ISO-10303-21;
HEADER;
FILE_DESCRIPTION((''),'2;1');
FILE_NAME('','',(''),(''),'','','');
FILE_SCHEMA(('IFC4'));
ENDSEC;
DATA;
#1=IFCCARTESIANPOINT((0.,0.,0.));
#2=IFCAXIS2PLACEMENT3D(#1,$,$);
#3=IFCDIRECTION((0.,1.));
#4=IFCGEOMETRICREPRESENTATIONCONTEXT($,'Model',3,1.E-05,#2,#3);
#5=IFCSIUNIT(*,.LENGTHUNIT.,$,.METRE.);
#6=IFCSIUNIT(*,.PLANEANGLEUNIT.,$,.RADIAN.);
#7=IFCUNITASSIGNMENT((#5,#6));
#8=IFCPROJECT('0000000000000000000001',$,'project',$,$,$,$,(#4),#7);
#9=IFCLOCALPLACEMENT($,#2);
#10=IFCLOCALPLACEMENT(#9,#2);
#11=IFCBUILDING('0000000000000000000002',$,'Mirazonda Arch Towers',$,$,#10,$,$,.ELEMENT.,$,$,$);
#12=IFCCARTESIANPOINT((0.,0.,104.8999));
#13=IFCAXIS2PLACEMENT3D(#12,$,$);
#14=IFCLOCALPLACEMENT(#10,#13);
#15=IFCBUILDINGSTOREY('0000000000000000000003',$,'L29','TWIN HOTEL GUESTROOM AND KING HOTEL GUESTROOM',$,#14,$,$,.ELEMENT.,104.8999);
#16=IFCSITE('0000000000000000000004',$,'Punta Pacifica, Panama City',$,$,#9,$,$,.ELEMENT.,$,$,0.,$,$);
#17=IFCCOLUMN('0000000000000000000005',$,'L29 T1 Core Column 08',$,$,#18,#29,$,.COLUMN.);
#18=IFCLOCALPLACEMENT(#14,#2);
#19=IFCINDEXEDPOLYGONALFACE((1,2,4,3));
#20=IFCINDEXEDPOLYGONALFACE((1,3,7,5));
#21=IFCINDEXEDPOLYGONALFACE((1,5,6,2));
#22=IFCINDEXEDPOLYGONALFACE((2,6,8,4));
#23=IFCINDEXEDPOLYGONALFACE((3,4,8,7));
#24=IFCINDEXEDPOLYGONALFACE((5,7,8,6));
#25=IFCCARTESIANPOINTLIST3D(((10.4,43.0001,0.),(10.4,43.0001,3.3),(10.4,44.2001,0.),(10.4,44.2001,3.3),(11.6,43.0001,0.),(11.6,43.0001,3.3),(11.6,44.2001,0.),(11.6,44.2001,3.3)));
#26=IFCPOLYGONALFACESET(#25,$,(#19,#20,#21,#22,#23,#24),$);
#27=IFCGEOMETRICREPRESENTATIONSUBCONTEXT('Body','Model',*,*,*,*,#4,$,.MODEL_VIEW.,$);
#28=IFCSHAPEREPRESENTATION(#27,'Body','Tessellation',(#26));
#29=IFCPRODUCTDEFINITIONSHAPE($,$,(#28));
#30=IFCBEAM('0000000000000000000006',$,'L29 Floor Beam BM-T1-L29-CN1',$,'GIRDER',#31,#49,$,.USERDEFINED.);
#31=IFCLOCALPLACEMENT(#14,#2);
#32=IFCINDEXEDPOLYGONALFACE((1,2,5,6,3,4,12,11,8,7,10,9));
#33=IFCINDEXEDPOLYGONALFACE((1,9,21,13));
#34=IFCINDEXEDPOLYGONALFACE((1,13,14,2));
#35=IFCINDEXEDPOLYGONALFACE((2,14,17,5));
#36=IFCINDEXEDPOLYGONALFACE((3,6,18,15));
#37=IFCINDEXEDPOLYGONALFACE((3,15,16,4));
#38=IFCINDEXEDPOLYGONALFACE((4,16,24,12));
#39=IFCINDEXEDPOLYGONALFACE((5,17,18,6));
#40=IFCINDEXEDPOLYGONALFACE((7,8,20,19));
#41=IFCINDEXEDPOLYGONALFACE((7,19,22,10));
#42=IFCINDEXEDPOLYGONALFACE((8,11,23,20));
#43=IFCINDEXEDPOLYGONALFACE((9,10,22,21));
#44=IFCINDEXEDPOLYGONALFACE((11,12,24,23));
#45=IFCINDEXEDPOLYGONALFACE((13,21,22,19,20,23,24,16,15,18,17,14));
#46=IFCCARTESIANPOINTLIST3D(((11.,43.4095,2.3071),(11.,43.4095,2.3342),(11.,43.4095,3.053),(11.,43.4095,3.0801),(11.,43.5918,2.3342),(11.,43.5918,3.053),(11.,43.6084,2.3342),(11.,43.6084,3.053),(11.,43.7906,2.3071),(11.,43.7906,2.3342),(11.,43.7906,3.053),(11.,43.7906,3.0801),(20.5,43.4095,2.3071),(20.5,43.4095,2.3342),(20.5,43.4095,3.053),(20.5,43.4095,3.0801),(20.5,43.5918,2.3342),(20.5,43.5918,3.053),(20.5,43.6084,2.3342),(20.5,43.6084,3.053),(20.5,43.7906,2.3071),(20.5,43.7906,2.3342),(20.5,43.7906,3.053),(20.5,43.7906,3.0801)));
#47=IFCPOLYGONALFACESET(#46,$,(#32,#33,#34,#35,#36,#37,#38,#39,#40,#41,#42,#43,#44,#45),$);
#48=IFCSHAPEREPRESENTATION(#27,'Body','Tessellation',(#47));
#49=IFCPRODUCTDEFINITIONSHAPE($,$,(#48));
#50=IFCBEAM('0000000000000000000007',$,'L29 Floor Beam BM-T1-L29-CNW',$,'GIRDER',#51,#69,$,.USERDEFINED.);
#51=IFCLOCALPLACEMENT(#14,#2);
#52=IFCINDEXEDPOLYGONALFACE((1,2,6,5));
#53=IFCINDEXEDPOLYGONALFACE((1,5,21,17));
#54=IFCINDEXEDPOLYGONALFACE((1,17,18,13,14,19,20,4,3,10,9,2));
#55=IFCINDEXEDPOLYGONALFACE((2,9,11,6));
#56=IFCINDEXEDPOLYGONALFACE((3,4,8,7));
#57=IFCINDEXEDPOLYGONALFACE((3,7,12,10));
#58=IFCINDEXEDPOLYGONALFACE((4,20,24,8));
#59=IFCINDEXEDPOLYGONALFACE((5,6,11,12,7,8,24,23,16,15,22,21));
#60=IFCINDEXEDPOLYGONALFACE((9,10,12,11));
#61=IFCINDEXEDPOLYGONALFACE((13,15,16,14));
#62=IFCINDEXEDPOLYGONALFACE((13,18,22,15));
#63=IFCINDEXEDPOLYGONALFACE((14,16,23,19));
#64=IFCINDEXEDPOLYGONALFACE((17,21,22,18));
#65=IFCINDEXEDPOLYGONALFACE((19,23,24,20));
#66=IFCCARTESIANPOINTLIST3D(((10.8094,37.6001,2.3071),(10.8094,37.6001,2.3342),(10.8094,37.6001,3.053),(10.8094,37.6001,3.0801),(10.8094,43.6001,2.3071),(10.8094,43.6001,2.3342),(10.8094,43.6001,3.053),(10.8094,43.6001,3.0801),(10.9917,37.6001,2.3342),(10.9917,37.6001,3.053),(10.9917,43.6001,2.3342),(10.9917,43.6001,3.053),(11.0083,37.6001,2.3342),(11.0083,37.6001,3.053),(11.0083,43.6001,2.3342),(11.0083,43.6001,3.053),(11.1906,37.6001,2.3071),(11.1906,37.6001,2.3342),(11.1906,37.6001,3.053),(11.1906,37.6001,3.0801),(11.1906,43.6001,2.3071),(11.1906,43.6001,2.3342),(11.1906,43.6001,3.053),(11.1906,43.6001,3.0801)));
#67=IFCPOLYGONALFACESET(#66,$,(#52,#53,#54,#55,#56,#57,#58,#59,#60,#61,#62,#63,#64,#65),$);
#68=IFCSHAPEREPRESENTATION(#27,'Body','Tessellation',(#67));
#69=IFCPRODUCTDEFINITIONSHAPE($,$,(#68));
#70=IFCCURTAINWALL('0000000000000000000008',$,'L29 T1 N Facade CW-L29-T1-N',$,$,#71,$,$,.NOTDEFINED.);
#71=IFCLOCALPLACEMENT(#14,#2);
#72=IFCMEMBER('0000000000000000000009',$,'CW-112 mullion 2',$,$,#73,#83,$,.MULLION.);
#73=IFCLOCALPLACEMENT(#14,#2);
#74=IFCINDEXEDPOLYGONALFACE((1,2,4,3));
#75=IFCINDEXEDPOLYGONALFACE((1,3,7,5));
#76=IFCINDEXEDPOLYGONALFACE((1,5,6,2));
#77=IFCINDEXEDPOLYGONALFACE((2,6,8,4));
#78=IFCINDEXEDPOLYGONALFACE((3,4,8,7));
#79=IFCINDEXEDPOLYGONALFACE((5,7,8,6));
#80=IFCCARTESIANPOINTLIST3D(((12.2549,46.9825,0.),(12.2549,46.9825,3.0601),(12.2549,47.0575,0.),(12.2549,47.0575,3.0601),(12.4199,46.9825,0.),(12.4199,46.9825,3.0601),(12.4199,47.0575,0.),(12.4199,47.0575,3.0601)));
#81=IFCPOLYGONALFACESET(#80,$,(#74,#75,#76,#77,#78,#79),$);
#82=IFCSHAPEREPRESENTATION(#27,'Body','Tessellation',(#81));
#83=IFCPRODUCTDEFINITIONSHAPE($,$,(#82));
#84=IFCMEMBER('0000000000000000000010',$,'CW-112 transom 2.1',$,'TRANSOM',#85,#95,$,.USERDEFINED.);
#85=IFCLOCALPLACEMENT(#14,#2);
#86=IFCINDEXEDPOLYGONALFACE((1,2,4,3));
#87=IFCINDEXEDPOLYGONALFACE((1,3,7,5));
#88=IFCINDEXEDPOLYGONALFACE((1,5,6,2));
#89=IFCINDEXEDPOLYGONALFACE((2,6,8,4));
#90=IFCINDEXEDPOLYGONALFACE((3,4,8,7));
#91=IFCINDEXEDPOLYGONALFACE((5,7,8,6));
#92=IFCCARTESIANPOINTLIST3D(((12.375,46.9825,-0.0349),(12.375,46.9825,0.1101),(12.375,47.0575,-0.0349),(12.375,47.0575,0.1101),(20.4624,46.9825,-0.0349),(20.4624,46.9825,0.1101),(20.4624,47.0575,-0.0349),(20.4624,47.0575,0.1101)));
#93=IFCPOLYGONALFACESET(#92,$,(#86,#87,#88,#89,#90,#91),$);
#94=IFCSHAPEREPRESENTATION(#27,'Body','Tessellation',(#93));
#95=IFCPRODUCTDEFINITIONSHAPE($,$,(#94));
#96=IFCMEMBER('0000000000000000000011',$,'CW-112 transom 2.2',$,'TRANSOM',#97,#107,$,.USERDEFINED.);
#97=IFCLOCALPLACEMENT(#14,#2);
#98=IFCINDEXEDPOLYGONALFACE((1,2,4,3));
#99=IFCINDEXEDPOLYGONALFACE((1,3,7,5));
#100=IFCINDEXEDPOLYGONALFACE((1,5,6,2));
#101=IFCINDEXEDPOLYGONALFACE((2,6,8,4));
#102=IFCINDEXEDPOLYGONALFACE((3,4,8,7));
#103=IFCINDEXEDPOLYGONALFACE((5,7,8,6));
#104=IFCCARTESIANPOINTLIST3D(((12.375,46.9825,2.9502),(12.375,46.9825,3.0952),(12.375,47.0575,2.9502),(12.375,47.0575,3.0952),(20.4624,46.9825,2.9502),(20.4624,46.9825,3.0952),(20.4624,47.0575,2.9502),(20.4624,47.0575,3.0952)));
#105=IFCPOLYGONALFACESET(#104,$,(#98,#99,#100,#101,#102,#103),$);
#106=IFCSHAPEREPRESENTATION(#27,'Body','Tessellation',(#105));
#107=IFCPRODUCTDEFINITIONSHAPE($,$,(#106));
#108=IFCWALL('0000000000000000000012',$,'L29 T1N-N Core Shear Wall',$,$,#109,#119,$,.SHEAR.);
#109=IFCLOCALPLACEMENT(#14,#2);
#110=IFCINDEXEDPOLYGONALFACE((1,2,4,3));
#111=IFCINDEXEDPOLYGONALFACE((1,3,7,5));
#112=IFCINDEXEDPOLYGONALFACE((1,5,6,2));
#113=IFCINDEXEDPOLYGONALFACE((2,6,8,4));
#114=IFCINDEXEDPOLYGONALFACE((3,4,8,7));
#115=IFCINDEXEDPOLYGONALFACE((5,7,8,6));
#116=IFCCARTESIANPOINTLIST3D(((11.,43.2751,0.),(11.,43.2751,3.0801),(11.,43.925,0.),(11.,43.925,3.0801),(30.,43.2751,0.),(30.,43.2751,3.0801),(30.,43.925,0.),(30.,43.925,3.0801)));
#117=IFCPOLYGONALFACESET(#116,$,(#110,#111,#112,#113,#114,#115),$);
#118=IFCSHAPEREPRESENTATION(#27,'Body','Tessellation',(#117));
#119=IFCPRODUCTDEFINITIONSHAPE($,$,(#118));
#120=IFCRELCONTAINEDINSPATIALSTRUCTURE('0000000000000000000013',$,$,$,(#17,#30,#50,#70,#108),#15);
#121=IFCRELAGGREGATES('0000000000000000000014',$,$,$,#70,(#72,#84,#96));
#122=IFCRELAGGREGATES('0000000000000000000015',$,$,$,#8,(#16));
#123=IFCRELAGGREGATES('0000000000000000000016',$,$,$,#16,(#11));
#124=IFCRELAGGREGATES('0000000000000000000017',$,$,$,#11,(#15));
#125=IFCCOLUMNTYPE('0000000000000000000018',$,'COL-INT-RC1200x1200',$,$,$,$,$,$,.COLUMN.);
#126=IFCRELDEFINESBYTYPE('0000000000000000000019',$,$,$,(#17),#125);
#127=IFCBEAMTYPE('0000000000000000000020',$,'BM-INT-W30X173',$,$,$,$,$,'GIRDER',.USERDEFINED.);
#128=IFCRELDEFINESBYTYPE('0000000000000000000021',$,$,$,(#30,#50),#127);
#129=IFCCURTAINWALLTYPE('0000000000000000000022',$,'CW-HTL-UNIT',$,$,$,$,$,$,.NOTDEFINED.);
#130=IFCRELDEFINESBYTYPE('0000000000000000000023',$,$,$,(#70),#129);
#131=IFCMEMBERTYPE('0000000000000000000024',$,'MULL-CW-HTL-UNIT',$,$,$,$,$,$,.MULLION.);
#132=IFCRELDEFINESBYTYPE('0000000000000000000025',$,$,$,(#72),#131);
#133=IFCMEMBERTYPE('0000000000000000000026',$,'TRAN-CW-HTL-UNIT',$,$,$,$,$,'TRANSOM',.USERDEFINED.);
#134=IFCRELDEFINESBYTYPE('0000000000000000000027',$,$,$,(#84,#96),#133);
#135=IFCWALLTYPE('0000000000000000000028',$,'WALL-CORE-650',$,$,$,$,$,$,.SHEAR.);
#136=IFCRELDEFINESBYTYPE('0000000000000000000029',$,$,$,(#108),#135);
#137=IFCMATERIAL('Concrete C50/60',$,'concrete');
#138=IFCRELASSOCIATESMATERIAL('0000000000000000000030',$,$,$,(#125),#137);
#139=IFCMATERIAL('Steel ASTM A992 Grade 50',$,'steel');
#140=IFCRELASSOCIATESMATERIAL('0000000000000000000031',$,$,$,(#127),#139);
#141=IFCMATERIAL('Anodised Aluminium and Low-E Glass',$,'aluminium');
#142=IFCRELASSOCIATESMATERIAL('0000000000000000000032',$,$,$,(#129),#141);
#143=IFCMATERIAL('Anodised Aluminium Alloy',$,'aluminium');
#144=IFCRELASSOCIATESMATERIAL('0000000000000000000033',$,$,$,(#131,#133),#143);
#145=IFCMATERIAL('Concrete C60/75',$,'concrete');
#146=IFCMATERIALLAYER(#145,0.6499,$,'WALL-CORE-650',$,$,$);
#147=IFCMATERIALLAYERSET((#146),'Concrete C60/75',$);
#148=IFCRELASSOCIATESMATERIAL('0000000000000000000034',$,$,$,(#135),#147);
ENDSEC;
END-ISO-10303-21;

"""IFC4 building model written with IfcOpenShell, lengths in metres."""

from ifc_helpers import new_model, si_unit, direction, frame, frame_2d, origin, origin_2d, place, context, subcontext, project, spatial, rectangle, i_section, extrude, material, layer, layer_set, material_profile, profile_set, type_object, element, aggregate, save


model = new_model("IFC4")

# Units and contexts
model_context = context("Model", 3, precision=1e-05, world=origin(), true_north=direction((0.0, 1.0)))
body_context = subcontext(model_context, "Body", "Model", "MODEL_VIEW")
ifc_project = project(units=[si_unit("LENGTHUNIT", "METRE"), si_unit("PLANEANGLEUNIT", "RADIAN")], contexts=[model_context])

# Site, building, storey
site_placement = place(None, origin())
site = spatial("IfcSite", under=ifc_project, at=site_placement, Name="Punta Pacifica, Panama City", CompositionType="ELEMENT", RefElevation=0.0)
building_placement = place(site_placement, origin())
building = spatial("IfcBuilding", under=site, at=building_placement, Name="Mirazonda Arch Towers", CompositionType="ELEMENT")
storey_placement = place(building_placement, frame((0.0, 0.0, 104.8999)))
storey = spatial("IfcBuildingStorey", under=building, at=storey_placement, Name="L29", Description="TWIN HOTEL GUESTROOM AND KING HOTEL GUESTROOM", CompositionType="ELEMENT", Elevation=104.8999)

# Column
ifc_material_1 = material(Name="Concrete C50/60", Category="concrete")
ifc_material_profile_1 = material_profile(ifc_material_1, rectangle(XDim=1.2, YDim=1.2, at=origin_2d()), Name="RC1200x1200")
ifc_profile_set_1 = profile_set([ifc_material_profile_1], Name="Concrete C50/60")
column_type = type_object("IfcColumnType", Name="COL-INT-RC1200x1200", PredefinedType="COLUMN", material=ifc_profile_set_1)
column_placement = place(storey_placement, frame((11.0, 43.6001, 0.0), z_axis=(0.0, 0.0, 1.0), x_axis=(1.0, 0.0, 0.0)))
element("IfcColumn", 1, at=column_placement, inside=storey, type_object=column_type, Name="L29 T1 Core Column 08", PredefinedType="COLUMN", context=body_context, shape_type="SweptSolid", body=[
    extrude(rectangle(XDim=1.2, YDim=1.2, at=origin_2d()), origin(), (0.0, 0.0, 1.0), 3.3),
])

# Beams
ifc_material_2 = material(Name="Steel ASTM A992 Grade 50", Category="steel")
ifc_material_profile_2 = material_profile(ifc_material_2, i_section(OverallWidth=0.3811, OverallDepth=0.7729, WebThickness=0.0166, FlangeThickness=0.0271, at=origin_2d()), Name="W30X173")
ifc_profile_set_2 = profile_set([ifc_material_profile_2], Name="Steel ASTM A992 Grade 50")
beam_type = type_object("IfcBeamType", Name="BM-INT-W30X173", ElementType="GIRDER", PredefinedType="USERDEFINED", material=ifc_profile_set_2)
beam_1_placement = place(storey_placement, frame((11.0, 43.6001, 2.6936), z_axis=(1.0, 0.0, 0.0), x_axis=(0.0, 1.0, 0.0)))
element("IfcBeam", 2, at=beam_1_placement, inside=storey, type_object=beam_type, Name="L29 Floor Beam BM-T1-L29-CN1", ObjectType="GIRDER", PredefinedType="USERDEFINED", context=body_context, shape_type="SweptSolid", body=[
    extrude(i_section(OverallWidth=0.3811, OverallDepth=0.7729, WebThickness=0.0166, FlangeThickness=0.0271, at=origin_2d()), origin(), (0.0, 0.0, 1.0), 9.5),
])
beam_2_placement = place(storey_placement, frame((11.0, 37.6001, 2.6936), z_axis=(0.0, 1.0, 0.0), x_axis=(-1.0, 0.0, 0.0)))
element("IfcBeam", 3, at=beam_2_placement, inside=storey, type_object=beam_type, Name="L29 Floor Beam BM-T1-L29-CNW", ObjectType="GIRDER", PredefinedType="USERDEFINED", context=body_context, shape_type="SweptSolid", body=[
    extrude(i_section(OverallWidth=0.3811, OverallDepth=0.7729, WebThickness=0.0166, FlangeThickness=0.0271, at=origin_2d()), origin(), (0.0, 0.0, 1.0), 6.0),
])

# Curtain wall, members
ifc_material_3 = material(Name="Anodised Aluminium and Low-E Glass", Category="aluminium")
curtain_wall_type = type_object("IfcCurtainWallType", Name="CW-HTL-UNIT", PredefinedType="NOTDEFINED", material=ifc_material_3)
curtain_wall_placement = place(storey_placement, origin())
curtain_wall = element("IfcCurtainWall", 4, at=curtain_wall_placement, inside=storey, type_object=curtain_wall_type, Name="L29 T1 N Facade CW-L29-T1-N", PredefinedType="NOTDEFINED")
ifc_material_4 = material(Name="Anodised Aluminium Alloy", Category="aluminium")
ifc_material_profile_3 = material_profile(ifc_material_4, rectangle(XDim=0.075, YDim=0.165, at=origin_2d()), Name="ALU-MULL-75x165")
ifc_profile_set_3 = profile_set([ifc_material_profile_3], Name="Anodised Aluminium Alloy")
member_type_1 = type_object("IfcMemberType", Name="MULL-CW-HTL-UNIT", PredefinedType="MULLION", material=ifc_profile_set_3)
member_1_placement = place(storey_placement, frame((12.3374, 47.02, 0.0), z_axis=(0.0, 0.0, 1.0), x_axis=(0.0, 1.0, 0.0)))
member_1 = element("IfcMember", 5, at=member_1_placement, type_object=member_type_1, Name="CW-112 mullion 2", PredefinedType="MULLION", context=body_context, shape_type="SweptSolid", body=[
    extrude(rectangle(XDim=0.075, YDim=0.165, at=origin_2d()), origin(), (0.0, 0.0, 1.0), 3.0601),
])
ifc_material_profile_4 = material_profile(ifc_material_4, rectangle(XDim=0.075, YDim=0.145, at=origin_2d()), Name="ALU-TRAN-75x145")
ifc_profile_set_4 = profile_set([ifc_material_profile_4], Name="Anodised Aluminium Alloy")
member_type_2 = type_object("IfcMemberType", Name="TRAN-CW-HTL-UNIT", ElementType="TRANSOM", PredefinedType="USERDEFINED", material=ifc_profile_set_4)
member_2_placement = place(storey_placement, frame((12.375, 47.02, 0.0376), z_axis=(1.0, 0.0, 0.0), x_axis=(0.0, 1.0, 0.0)))
member_2 = element("IfcMember", 6, at=member_2_placement, type_object=member_type_2, Name="CW-112 transom 2.1", ObjectType="TRANSOM", PredefinedType="USERDEFINED", context=body_context, shape_type="SweptSolid", body=[
    extrude(rectangle(XDim=0.075, YDim=0.145, at=origin_2d()), origin(), (0.0, 0.0, 1.0), 8.0874),
])
member_3_placement = place(storey_placement, frame((12.375, 47.02, 3.0227), z_axis=(1.0, 0.0, 0.0), x_axis=(0.0, 1.0, 0.0)))
member_3 = element("IfcMember", 7, at=member_3_placement, type_object=member_type_2, Name="CW-112 transom 2.2", ObjectType="TRANSOM", PredefinedType="USERDEFINED", context=body_context, shape_type="SweptSolid", body=[
    extrude(rectangle(XDim=0.075, YDim=0.145, at=origin_2d()), origin(), (0.0, 0.0, 1.0), 8.0874),
])
aggregate(curtain_wall, [member_1, member_2, member_3])

# Wall
ifc_material_5 = material(Name="Concrete C60/75", Category="concrete")
ifc_layer_1 = layer(ifc_material_5, 0.6499, Name="WALL-CORE-650")
ifc_layer_set_1 = layer_set([ifc_layer_1], Name="Concrete C60/75")
wall_type_1 = type_object("IfcWallType", Name="WALL-CORE-650", PredefinedType="SHEAR", material=ifc_layer_set_1)
wall_1_placement = place(storey_placement, frame((11.0, 43.6001, 0.0), z_axis=(0.0, 0.0, 1.0), x_axis=(1.0, 0.0, 0.0)))
element("IfcWall", 8, at=wall_1_placement, inside=storey, type_object=wall_type_1, Name="L29 T1N-N Core Shear Wall", PredefinedType="SHEAR", context=body_context, shape_type="SweptSolid", body=[
    extrude(rectangle(XDim=19.0, YDim=0.6499, at=frame_2d((9.5, 0.0))), origin(), (0.0, 0.0, 1.0), 3.0801),
])

save(model, "model.ifc")
